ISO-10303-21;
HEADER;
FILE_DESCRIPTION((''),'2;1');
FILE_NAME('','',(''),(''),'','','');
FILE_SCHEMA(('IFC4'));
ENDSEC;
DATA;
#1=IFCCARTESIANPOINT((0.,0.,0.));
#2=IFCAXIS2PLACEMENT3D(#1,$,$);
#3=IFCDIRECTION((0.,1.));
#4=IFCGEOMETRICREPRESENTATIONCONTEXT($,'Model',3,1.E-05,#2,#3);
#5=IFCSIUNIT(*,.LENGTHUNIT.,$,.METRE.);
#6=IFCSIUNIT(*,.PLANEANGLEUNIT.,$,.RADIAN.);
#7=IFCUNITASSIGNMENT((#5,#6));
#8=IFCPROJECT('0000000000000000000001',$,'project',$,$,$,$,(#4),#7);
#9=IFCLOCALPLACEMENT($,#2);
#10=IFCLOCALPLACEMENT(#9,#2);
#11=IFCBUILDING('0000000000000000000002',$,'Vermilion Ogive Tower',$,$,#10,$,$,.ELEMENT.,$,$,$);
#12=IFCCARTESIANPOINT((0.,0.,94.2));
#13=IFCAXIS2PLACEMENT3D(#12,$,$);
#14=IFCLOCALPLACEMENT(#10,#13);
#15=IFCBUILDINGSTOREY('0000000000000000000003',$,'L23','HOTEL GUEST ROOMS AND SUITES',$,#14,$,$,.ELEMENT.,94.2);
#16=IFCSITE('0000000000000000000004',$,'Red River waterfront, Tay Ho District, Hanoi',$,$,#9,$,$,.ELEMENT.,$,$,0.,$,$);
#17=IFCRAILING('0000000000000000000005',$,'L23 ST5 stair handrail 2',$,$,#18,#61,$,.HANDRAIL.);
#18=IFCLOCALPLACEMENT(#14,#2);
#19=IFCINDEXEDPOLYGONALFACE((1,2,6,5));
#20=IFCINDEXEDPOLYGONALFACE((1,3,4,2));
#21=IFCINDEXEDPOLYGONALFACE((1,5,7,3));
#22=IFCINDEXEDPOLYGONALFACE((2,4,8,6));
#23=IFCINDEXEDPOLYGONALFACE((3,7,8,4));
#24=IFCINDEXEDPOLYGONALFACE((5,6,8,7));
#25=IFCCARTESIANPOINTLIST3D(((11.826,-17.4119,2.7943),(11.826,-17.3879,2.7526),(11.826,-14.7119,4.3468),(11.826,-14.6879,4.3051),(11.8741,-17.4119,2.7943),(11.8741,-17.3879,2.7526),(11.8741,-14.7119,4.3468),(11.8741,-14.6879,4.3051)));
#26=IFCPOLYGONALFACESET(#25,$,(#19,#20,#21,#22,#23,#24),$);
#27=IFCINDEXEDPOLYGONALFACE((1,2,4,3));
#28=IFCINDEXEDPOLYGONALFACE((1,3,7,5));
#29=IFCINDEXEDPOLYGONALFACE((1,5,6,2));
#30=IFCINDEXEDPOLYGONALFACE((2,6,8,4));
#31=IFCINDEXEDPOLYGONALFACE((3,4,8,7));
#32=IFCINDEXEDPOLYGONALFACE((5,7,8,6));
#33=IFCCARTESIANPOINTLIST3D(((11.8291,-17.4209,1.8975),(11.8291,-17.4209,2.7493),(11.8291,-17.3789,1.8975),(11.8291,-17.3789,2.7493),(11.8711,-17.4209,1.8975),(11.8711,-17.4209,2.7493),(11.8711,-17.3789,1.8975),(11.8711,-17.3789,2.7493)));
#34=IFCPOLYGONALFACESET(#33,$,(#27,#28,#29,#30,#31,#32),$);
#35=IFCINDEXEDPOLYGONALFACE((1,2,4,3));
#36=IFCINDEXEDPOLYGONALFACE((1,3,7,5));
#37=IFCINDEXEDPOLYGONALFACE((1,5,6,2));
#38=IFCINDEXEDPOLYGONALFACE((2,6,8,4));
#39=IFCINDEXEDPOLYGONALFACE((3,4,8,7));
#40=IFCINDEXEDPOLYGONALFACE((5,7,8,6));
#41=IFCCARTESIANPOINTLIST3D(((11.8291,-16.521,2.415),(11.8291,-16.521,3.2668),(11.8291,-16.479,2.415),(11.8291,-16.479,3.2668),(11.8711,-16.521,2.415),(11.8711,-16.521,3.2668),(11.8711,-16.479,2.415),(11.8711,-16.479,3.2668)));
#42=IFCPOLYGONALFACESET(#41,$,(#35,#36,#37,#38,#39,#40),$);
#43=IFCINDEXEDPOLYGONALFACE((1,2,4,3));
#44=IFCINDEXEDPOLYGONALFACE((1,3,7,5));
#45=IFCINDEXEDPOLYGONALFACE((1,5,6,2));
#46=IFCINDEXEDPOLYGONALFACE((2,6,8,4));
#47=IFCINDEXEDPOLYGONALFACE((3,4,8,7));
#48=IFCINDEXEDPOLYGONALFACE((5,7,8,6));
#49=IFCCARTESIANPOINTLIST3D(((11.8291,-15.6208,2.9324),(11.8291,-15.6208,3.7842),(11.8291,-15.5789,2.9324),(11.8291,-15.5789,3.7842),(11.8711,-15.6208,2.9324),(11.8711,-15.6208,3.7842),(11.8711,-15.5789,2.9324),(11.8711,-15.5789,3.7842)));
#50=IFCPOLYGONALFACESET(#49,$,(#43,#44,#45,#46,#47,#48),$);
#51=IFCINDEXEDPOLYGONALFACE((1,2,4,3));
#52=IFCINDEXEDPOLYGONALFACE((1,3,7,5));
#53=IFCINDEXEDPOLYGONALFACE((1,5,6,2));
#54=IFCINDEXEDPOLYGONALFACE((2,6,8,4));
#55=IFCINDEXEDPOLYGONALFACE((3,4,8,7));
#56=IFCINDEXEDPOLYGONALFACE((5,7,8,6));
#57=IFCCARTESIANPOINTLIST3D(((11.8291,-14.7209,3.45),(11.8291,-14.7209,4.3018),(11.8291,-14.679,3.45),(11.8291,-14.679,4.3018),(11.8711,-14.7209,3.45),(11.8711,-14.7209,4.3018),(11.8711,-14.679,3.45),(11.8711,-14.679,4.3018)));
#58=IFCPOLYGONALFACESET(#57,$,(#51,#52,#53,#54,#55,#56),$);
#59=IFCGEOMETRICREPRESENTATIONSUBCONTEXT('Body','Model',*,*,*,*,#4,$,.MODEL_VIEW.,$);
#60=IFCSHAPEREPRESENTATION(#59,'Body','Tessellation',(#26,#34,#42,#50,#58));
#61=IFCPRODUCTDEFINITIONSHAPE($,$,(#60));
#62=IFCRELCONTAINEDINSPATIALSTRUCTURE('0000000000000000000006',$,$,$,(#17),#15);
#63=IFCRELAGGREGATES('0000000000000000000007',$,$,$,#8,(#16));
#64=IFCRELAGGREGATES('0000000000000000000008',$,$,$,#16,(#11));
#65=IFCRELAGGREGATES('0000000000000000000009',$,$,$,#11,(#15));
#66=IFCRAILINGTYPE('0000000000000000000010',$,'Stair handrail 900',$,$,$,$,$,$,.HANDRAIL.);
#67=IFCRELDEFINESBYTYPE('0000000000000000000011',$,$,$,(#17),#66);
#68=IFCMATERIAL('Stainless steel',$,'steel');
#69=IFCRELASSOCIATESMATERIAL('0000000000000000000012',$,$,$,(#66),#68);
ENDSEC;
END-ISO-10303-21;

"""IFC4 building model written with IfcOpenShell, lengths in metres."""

from ifc_helpers import new_model, si_unit, direction, frame, origin, origin_2d, place, context, subcontext, project, spatial, rectangle, extrude, material, type_object, element, save


model = new_model("IFC4")

# Units and contexts
model_context = context("Model", 3, precision=1e-05, world=origin(), true_north=direction((0.0, 1.0)))
body_context = subcontext(model_context, "Body", "Model", "MODEL_VIEW")
ifc_project = project(units=[si_unit("LENGTHUNIT", "METRE"), si_unit("PLANEANGLEUNIT", "RADIAN")], contexts=[model_context])

# Site, building, storey
site_placement = place(None, origin())
site = spatial("IfcSite", under=ifc_project, at=site_placement, Name="Red River waterfront, Tay Ho District, Hanoi", CompositionType="ELEMENT", RefElevation=0.0)
building_placement = place(site_placement, origin())
building = spatial("IfcBuilding", under=site, at=building_placement, Name="Vermilion Ogive Tower", CompositionType="ELEMENT")
storey_placement = place(building_placement, frame((0.0, 0.0, 94.2)))
storey = spatial("IfcBuildingStorey", under=building, at=storey_placement, Name="L23", Description="HOTEL GUEST ROOMS AND SUITES", CompositionType="ELEMENT", Elevation=94.2)

# Railing
ifc_material_1 = material(Name="Stainless steel", Category="steel")
railing_type_1 = type_object("IfcRailingType", Name="Stair handrail 900", PredefinedType="HANDRAIL", material=ifc_material_1)
railing_1_placement = place(storey_placement, frame((11.8501, -17.3999, 1.8975)))
element("IfcRailing", 1, at=railing_1_placement, inside=storey, type_object=railing_type_1, Name="L23 ST5 stair handrail 2", PredefinedType="HANDRAIL", context=body_context, shape_type="SweptSolid", body=[
    extrude(rectangle(XDim=0.0481, YDim=0.0481, at=origin_2d()), frame((0.0, 0.0, 0.876), z_axis=(0.0, 0.866904, 0.498476), x_axis=(-1.0, 0.0, 0.0)), (0.0, 0.0, 1.0), 3.1145),
    extrude(rectangle(XDim=0.042, YDim=0.042, at=origin_2d()), origin(), (0.0, 0.0, 1.0), 0.8518),
    extrude(rectangle(XDim=0.042, YDim=0.042, at=origin_2d()), frame((0.0, 0.8999, 0.5176)), (0.0, 0.0, 1.0), 0.8518),
    extrude(rectangle(XDim=0.042, YDim=0.042, at=origin_2d()), frame((0.0, 1.8, 1.0349)), (0.0, 0.0, 1.0), 0.8518),
    extrude(rectangle(XDim=0.042, YDim=0.042, at=origin_2d()), frame((0.0, 2.7, 1.5525)), (0.0, 0.0, 1.0), 0.8518),
])

save(model, "model.ifc")
